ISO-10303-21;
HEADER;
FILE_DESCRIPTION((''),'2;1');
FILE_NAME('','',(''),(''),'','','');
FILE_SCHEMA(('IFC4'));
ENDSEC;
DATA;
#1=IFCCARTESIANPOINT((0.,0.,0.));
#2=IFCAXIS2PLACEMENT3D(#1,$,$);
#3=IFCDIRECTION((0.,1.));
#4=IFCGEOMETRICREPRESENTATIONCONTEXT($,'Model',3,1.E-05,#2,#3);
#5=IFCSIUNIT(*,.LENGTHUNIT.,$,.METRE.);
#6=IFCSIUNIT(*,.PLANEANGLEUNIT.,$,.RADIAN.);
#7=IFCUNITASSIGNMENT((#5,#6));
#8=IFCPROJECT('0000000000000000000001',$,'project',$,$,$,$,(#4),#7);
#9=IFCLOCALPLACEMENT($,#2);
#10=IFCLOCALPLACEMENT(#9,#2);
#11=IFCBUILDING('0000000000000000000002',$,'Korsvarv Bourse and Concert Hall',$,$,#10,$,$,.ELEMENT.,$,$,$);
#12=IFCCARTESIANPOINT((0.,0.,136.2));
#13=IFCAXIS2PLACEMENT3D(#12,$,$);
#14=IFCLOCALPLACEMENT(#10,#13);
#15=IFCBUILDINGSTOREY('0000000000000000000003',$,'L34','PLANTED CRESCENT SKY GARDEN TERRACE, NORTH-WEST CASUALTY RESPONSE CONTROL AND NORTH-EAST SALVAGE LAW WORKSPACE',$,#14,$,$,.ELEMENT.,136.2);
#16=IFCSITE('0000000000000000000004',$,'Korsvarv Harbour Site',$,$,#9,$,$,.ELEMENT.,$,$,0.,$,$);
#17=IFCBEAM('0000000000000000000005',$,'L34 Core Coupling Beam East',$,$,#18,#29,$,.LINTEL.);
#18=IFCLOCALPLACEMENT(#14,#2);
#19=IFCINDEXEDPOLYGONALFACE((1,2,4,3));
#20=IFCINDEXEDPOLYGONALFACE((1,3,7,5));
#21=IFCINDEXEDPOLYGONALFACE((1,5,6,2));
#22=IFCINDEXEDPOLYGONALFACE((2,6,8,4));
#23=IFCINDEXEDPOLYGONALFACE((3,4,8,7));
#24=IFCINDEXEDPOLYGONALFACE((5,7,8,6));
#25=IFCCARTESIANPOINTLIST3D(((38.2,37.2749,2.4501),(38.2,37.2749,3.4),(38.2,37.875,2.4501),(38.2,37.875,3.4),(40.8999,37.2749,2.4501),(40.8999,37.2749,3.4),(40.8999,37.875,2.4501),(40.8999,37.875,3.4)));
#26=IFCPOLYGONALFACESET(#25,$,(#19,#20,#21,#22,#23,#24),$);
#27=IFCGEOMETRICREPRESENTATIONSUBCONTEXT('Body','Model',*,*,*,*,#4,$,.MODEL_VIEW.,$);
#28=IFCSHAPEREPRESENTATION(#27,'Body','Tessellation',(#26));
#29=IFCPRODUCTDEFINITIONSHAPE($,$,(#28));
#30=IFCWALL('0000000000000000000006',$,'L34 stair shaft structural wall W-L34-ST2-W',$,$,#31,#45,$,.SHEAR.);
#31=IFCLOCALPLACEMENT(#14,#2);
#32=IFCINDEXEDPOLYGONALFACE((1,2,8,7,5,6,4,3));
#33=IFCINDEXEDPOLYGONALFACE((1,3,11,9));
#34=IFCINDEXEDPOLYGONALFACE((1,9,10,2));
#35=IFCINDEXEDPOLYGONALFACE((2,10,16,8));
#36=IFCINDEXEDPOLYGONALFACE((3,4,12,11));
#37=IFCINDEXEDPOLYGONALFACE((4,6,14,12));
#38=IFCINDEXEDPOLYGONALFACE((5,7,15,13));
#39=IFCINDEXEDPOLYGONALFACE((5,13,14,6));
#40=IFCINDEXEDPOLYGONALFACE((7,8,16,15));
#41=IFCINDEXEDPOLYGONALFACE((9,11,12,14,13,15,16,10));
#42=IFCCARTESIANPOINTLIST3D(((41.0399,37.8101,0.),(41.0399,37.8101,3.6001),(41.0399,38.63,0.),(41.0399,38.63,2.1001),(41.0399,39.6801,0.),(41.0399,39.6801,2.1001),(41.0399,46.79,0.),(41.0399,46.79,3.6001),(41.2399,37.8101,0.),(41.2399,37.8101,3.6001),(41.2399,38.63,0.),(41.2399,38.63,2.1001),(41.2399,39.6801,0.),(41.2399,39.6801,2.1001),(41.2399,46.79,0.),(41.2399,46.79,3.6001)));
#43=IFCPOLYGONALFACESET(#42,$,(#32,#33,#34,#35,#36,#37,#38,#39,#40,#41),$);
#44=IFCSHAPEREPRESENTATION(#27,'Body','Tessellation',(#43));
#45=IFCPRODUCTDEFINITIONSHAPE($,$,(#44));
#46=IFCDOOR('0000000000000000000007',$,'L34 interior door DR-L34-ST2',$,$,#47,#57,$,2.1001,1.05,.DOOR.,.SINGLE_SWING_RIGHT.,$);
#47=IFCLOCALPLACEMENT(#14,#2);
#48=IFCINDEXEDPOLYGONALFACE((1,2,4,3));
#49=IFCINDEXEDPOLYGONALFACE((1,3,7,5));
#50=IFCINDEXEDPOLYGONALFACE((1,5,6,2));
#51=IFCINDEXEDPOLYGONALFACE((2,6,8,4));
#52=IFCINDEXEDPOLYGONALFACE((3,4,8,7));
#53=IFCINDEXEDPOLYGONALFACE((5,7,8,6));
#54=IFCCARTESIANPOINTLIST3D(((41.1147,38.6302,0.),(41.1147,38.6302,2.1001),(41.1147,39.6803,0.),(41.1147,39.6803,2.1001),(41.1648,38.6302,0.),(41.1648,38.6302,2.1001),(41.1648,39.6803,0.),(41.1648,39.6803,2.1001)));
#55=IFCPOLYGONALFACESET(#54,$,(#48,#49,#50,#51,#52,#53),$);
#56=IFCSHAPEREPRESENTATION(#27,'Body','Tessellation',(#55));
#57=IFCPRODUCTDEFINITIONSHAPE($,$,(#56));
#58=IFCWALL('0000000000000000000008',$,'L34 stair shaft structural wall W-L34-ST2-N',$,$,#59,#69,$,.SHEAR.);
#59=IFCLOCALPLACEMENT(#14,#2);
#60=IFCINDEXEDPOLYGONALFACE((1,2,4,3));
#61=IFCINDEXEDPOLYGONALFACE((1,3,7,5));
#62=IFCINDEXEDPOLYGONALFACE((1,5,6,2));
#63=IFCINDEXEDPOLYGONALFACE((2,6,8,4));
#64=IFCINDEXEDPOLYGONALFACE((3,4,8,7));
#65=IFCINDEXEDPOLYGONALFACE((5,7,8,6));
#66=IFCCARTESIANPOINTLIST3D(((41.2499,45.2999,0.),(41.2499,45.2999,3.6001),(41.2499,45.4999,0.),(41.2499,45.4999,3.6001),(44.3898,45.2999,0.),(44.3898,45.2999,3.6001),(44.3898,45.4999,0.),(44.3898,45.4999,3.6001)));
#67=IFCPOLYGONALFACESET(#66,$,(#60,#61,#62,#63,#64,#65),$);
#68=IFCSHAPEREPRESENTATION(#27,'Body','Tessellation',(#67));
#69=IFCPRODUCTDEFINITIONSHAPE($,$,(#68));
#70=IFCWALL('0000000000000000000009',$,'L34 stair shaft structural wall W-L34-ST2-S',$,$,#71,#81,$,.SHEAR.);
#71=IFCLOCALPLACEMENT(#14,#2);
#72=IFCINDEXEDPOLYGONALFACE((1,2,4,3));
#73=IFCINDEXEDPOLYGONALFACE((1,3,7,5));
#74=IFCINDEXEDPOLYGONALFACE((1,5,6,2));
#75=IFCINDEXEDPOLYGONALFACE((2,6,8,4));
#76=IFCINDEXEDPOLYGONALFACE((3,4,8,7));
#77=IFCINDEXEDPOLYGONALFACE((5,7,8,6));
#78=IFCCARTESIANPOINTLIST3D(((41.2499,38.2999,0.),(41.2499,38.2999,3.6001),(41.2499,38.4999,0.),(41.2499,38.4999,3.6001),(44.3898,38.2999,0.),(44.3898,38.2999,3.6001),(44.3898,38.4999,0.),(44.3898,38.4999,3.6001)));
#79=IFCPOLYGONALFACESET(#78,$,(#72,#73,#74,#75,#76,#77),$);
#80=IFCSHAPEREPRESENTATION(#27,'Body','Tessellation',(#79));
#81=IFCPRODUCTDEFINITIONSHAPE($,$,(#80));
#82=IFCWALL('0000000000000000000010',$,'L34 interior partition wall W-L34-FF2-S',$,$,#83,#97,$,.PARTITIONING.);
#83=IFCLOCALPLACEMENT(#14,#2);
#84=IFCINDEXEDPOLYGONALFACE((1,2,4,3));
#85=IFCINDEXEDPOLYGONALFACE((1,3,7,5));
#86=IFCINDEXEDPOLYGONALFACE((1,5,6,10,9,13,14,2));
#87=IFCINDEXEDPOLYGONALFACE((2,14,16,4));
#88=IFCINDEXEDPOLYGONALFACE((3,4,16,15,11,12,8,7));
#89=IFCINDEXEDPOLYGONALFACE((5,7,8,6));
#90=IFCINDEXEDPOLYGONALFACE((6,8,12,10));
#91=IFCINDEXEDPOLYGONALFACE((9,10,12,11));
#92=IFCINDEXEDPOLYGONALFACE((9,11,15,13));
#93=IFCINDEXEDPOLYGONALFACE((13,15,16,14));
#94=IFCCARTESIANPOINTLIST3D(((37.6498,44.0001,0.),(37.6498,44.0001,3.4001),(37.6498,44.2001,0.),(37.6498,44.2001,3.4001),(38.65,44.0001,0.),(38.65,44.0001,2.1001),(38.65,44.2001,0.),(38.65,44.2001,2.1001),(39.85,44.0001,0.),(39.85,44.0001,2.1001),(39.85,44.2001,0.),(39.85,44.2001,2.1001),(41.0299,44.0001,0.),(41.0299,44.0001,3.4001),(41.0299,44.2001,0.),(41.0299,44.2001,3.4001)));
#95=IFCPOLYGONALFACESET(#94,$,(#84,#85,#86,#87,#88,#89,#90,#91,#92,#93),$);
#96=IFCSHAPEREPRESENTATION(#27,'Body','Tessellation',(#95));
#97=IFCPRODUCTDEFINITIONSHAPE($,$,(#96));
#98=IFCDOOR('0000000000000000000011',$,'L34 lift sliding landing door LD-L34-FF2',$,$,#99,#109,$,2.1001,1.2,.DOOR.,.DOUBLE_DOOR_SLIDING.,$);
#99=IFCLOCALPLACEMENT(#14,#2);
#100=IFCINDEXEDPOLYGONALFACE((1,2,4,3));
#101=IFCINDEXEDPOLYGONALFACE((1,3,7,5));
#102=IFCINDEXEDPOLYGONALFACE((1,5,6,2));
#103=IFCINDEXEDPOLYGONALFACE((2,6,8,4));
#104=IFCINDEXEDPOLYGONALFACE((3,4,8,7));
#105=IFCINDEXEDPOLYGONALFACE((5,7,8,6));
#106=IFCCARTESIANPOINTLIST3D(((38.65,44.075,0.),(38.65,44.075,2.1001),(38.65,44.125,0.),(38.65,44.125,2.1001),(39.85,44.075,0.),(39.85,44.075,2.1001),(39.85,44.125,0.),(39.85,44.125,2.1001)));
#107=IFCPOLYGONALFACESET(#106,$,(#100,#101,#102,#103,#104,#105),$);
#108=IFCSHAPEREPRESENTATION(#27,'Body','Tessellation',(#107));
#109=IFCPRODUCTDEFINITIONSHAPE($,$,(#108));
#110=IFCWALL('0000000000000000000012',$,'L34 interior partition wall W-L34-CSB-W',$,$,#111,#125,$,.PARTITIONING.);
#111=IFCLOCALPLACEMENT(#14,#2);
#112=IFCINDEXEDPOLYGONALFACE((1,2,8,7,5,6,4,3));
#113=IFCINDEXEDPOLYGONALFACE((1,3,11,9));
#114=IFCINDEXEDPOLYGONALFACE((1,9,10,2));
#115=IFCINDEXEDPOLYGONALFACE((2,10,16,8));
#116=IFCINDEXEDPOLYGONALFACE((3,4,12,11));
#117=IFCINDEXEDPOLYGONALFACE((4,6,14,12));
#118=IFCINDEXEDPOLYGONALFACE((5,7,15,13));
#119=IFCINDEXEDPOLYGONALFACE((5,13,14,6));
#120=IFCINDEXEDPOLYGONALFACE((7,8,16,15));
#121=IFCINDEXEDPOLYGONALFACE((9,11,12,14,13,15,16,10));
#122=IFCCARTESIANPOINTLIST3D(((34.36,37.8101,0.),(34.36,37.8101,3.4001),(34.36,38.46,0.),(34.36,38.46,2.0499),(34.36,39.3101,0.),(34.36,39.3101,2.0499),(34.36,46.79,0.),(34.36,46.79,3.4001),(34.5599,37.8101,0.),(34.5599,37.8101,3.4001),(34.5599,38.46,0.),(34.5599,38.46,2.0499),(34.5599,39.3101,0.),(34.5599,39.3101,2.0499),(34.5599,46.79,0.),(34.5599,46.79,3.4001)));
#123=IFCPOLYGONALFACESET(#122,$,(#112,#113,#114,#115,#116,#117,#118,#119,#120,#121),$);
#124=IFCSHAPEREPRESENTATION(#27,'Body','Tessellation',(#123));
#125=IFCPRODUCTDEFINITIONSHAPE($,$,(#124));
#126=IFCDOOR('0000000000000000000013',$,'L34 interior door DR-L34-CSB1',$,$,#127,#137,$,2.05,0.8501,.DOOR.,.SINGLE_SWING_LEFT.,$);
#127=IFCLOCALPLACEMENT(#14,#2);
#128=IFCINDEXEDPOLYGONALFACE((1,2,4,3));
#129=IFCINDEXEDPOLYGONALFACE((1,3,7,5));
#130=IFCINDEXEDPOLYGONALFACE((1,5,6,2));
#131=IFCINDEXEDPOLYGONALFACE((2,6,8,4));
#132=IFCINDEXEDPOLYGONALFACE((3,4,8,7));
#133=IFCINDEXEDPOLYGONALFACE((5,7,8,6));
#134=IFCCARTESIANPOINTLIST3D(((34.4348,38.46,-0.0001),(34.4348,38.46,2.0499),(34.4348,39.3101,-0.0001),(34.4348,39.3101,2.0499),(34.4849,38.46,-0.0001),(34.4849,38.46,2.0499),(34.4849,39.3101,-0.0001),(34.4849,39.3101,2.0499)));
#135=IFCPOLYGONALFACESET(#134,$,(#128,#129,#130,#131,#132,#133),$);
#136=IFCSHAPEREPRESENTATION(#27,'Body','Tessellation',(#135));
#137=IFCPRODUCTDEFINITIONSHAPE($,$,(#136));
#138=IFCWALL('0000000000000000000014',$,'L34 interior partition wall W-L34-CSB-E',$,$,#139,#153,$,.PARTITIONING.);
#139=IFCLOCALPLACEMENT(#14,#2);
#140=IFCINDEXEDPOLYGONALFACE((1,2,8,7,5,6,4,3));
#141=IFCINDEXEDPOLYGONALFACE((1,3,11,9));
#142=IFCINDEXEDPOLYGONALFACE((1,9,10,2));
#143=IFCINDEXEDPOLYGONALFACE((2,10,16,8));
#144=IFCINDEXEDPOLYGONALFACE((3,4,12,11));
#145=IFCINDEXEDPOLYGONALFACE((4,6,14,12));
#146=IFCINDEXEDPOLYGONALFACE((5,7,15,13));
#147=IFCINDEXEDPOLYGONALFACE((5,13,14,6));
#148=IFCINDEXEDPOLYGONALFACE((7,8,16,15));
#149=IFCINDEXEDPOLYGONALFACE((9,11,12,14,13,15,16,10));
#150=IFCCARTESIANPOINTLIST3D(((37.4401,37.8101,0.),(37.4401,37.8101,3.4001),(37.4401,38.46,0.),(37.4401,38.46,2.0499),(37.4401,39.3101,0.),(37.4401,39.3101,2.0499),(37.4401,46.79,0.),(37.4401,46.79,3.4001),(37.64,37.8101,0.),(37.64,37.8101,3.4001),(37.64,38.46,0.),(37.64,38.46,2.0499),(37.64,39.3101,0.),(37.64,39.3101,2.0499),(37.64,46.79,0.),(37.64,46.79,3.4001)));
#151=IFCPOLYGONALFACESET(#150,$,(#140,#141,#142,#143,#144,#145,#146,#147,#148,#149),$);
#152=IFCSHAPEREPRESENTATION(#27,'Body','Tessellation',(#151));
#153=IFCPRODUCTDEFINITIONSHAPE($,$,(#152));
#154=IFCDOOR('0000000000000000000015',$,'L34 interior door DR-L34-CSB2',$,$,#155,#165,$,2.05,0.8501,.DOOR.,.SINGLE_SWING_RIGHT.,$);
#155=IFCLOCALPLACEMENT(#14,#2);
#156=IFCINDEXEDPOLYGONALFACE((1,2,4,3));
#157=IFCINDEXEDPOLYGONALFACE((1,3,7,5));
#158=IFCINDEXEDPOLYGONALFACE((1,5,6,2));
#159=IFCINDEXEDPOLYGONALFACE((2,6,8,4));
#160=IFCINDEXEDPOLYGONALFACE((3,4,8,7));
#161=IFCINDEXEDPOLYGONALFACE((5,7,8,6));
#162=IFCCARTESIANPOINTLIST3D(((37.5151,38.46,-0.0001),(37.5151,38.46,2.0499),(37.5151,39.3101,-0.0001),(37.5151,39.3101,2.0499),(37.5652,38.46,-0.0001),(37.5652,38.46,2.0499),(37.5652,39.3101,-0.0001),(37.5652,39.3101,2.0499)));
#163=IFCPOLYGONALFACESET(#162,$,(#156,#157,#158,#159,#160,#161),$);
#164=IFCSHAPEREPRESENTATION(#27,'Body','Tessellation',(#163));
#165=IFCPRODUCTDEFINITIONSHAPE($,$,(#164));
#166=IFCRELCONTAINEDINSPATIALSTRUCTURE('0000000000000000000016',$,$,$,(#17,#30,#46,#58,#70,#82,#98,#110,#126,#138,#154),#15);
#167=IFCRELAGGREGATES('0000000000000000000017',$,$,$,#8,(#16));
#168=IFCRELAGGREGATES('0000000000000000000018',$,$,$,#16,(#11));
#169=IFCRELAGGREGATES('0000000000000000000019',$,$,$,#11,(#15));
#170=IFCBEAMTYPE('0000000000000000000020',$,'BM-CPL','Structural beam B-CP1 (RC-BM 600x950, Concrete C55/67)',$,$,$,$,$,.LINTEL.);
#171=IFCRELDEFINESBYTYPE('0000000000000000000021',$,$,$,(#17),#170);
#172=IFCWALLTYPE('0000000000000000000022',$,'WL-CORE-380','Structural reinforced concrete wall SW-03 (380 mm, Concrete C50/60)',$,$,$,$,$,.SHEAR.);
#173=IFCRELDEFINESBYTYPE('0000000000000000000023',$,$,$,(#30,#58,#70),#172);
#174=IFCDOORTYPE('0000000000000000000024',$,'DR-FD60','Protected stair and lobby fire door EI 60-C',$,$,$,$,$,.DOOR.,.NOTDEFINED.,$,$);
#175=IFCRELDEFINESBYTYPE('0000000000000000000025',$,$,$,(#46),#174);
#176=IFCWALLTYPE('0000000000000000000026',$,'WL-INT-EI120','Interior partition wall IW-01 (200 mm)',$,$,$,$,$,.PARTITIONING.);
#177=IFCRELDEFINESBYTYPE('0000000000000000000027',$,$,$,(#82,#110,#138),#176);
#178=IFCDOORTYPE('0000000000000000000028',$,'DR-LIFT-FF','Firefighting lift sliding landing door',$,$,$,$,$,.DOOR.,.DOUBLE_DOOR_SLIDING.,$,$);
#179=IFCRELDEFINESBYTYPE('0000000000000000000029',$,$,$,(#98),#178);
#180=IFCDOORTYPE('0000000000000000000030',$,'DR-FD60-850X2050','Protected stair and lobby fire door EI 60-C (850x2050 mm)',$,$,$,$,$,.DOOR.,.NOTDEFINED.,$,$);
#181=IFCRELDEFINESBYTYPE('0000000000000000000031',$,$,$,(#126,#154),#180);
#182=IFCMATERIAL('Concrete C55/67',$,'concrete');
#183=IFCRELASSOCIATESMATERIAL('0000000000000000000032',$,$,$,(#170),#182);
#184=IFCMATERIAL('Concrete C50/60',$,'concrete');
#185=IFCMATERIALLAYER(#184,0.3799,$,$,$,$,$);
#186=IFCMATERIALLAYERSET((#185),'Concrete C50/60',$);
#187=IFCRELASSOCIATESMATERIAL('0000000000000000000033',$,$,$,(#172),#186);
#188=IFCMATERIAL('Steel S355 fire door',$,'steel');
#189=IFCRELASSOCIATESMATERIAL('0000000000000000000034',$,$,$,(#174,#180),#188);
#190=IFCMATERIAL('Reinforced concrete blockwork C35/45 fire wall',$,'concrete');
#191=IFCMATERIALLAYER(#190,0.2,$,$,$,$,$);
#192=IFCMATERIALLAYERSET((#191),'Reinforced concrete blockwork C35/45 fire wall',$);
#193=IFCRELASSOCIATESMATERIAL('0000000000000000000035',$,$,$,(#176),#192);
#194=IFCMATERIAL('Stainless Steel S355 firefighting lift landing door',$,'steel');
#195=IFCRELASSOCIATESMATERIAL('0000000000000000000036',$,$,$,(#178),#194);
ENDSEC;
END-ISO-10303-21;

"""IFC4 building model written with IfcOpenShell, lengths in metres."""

from ifc_helpers import new_model, si_unit, direction, frame, frame_2d, origin, origin_2d, place, context, subcontext, project, spatial, rectangle, extrude, source, transform, mapped, material, layer, layer_set, material_profile, profile_set, type_object, element, fill, save


model = new_model("IFC4")

# Units and contexts
model_context = context("Model", 3, precision=1e-05, world=origin(), true_north=direction((0.0, 1.0)))
body_context = subcontext(model_context, "Body", "Model", "MODEL_VIEW")
ifc_project = project(units=[si_unit("LENGTHUNIT", "METRE"), si_unit("PLANEANGLEUNIT", "RADIAN")], contexts=[model_context])

# Site, building, storey
site_placement = place(None, origin())
site = spatial("IfcSite", under=ifc_project, at=site_placement, Name="Korsvarv Harbour Site", CompositionType="ELEMENT", RefElevation=0.0)
building_placement = place(site_placement, origin())
building = spatial("IfcBuilding", under=site, at=building_placement, Name="Korsvarv Bourse and Concert Hall", CompositionType="ELEMENT")
storey_placement = place(building_placement, frame((0.0, 0.0, 136.2)))
storey = spatial("IfcBuildingStorey", under=building, at=storey_placement, Name="L34", Description="PLANTED CRESCENT SKY GARDEN TERRACE, NORTH-WEST CASUALTY RESPONSE CONTROL AND NORTH-EAST SALVAGE LAW WORKSPACE", CompositionType="ELEMENT", Elevation=136.2)

# Beam
ifc_material_1 = material(Name="Concrete C55/67", Category="concrete")
ifc_material_profile = material_profile(ifc_material_1, rectangle(XDim=0.6001, YDim=0.95, at=origin_2d()), Name="RC-BM 600x950")
ifc_profile_set = profile_set([ifc_material_profile], Name="Concrete C55/67")
beam_type = type_object("IfcBeamType", Name="BM-CPL", Description="Structural beam B-CP1 (RC-BM 600x950, Concrete C55/67)", PredefinedType="LINTEL", material=ifc_profile_set)
shared_shape = source(origin(), body_context, "Body", "SweptSolid", [
    extrude(rectangle(XDim=0.6001, YDim=0.95, at=origin_2d()), origin(), (0.0, 0.0, 1.0), 2.7),
])
beam_placement = place(storey_placement, frame((38.2, 37.575, 2.925), z_axis=(1.0, 0.0, 0.0), x_axis=(0.0, 1.0, 0.0)))
element("IfcBeam", 1, at=beam_placement, inside=storey, type_object=beam_type, Name="L34 Core Coupling Beam East", PredefinedType="LINTEL", context=body_context, shape_type="MappedRepresentation", body=[
    mapped(shared_shape, transform((0.0, 0.0, 0.0), scale=1.0)),
])

# Wall, opening, door
ifc_material_2 = material(Name="Concrete C50/60", Category="concrete")
ifc_layer_1 = layer(ifc_material_2, 0.3799)
ifc_layer_set_1 = layer_set([ifc_layer_1], Name="Concrete C50/60")
wall_type_1 = type_object("IfcWallType", Name="WL-CORE-380", Description="Structural reinforced concrete wall SW-03 (380 mm, Concrete C50/60)", PredefinedType="SHEAR", material=ifc_layer_set_1)
wall_1_placement = place(storey_placement, frame((41.1399, 37.8101, 0.0), z_axis=(0.0, 0.0, 1.0), x_axis=(0.0, 1.0, 0.0)))
wall_1 = element("IfcWall", 2, at=wall_1_placement, inside=storey, type_object=wall_type_1, Name="L34 stair shaft structural wall W-L34-ST2-W", PredefinedType="SHEAR", context=body_context, shape_type="SweptSolid", body=[
    extrude(rectangle(XDim=8.98, YDim=0.2, at=frame_2d((4.49, 0.0))), origin(), (0.0, 0.0, 1.0), 3.6001),
])
opening_1_placement = place(wall_1_placement, frame((0.8201, 0.0, 0.0)))
opening_1 = element("IfcOpeningElement", 3, at=opening_1_placement, cuts=wall_1, PredefinedType="OPENING", context=body_context, shape_type="SweptSolid", body=[
    extrude(rectangle(XDim=1.05, YDim=2.1001, at=frame_2d((0.5249, 1.05))), frame((0.0, 0.1099, 0.0), z_axis=(0.0, -1.0, 0.0), x_axis=(1.0, 0.0, 0.0)), (0.0, 0.0, 1.0), 0.22),
])
ifc_material_3 = material(Name="Steel S355 fire door", Category="steel")
door_type_1 = type_object("IfcDoorType", Name="DR-FD60", Description="Protected stair and lobby fire door EI 60-C", OperationType="NOTDEFINED", PredefinedType="DOOR", material=ifc_material_3)
door_1_placement = place(opening_1_placement, frame((1.05, 0.0, 0.0), z_axis=(0.0, 0.0, 1.0), x_axis=(-1.0, 0.0, 0.0)))
door_1 = element("IfcDoor", 4, at=door_1_placement, inside=storey, type_object=door_type_1, Name="L34 interior door DR-L34-ST2", OperationType="SINGLE_SWING_RIGHT", OverallHeight=2.1001, OverallWidth=1.05, PredefinedType="DOOR", context=body_context, shape_type="SweptSolid", body=[
    extrude(rectangle(XDim=1.05, YDim=2.1001, at=frame_2d((0.5249, 1.05))), frame((0.0, 0.0249, 0.0), z_axis=(0.0, -1.0, 0.0), x_axis=(1.0, 0.0, 0.0)), (0.0, 0.0, 1.0), 0.05),
])
fill(opening_1, door_1)

# Walls
for number, where, z_axis, x_axis, name in (
    (5, (41.25, 45.3999, 0.0), (0.0, 0.0, 1.0), (1.0, 0.0, 0.0), "L34 stair shaft structural wall W-L34-ST2-N"),
    (6, (41.25, 38.3999, 0.0), (0.0, 0.0, 1.0), (1.0, 0.0, 0.0), "L34 stair shaft structural wall W-L34-ST2-S"),
):
    element("IfcWall", number, at=place(storey_placement, frame(where, z_axis=z_axis, x_axis=x_axis)), inside=storey, type_object=wall_type_1, Name=name, PredefinedType="SHEAR", context=body_context, shape_type="SweptSolid", body=[
        extrude(rectangle(XDim=3.1399, YDim=0.2, at=frame_2d((1.5698, 0.0))), origin(), (0.0, 0.0, 1.0), 3.6001),
    ])

# Walls, openings, doors
ifc_material_4 = material(Name="Reinforced concrete blockwork C35/45 fire wall", Category="concrete")
ifc_layer_2 = layer(ifc_material_4, 0.2)
ifc_layer_set_2 = layer_set([ifc_layer_2], Name="Reinforced concrete blockwork C35/45 fire wall")
wall_type_2 = type_object("IfcWallType", Name="WL-INT-EI120", Description="Interior partition wall IW-01 (200 mm)", PredefinedType="PARTITIONING", material=ifc_layer_set_2)
wall_2_placement = place(storey_placement, frame((37.6499, 44.1001, 0.0), z_axis=(0.0, 0.0, 1.0), x_axis=(1.0, 0.0, 0.0)))
wall_2 = element("IfcWall", 7, at=wall_2_placement, inside=storey, type_object=wall_type_2, Name="L34 interior partition wall W-L34-FF2-S", PredefinedType="PARTITIONING", context=body_context, shape_type="SweptSolid", body=[
    extrude(rectangle(XDim=3.3801, YDim=0.2, at=frame_2d((1.6899, 0.0))), origin(), (0.0, 0.0, 1.0), 3.4001),
])
opening_2_placement = place(wall_2_placement, frame((1.0, 0.0, 0.0)))
opening_2 = element("IfcOpeningElement", 8, at=opening_2_placement, cuts=wall_2, PredefinedType="OPENING", context=body_context, shape_type="SweptSolid", body=[
    extrude(rectangle(XDim=1.2, YDim=2.1001, at=frame_2d((0.6001, 1.05))), frame((0.0, 0.1099, 0.0), z_axis=(0.0, -1.0, 0.0), x_axis=(1.0, 0.0, 0.0)), (0.0, 0.0, 1.0), 0.22),
])
ifc_material_5 = material(Name="Stainless Steel S355 firefighting lift landing door", Category="steel")
door_type_2 = type_object("IfcDoorType", Name="DR-LIFT-FF", Description="Firefighting lift sliding landing door", OperationType="DOUBLE_DOOR_SLIDING", PredefinedType="DOOR", material=ifc_material_5)
door_2_placement = place(opening_2_placement, origin())
door_2 = element("IfcDoor", 9, at=door_2_placement, inside=storey, type_object=door_type_2, Name="L34 lift sliding landing door LD-L34-FF2", OperationType="DOUBLE_DOOR_SLIDING", OverallHeight=2.1001, OverallWidth=1.2, PredefinedType="DOOR", context=body_context, shape_type="SweptSolid", body=[
    extrude(rectangle(XDim=1.2, YDim=2.1001, at=frame_2d((0.6001, 1.05))), frame((0.0, 0.0249, 0.0), z_axis=(0.0, -1.0, 0.0), x_axis=(1.0, 0.0, 0.0)), (0.0, 0.0, 1.0), 0.05),
])
fill(opening_2, door_2)
wall_3_placement = place(storey_placement, frame((34.46, 37.8101, 0.0), z_axis=(0.0, 0.0, 1.0), x_axis=(0.0, 1.0, 0.0)))
wall_3 = element("IfcWall", 10, at=wall_3_placement, inside=storey, type_object=wall_type_2, Name="L34 interior partition wall W-L34-CSB-W", PredefinedType="PARTITIONING", context=body_context, shape_type="SweptSolid", body=[
    extrude(rectangle(XDim=8.98, YDim=0.2, at=frame_2d((4.49, 0.0))), origin(), (0.0, 0.0, 1.0), 3.4001),
])
opening_3_placement = place(wall_3_placement, frame((0.6499, 0.0, 0.0)))
opening_3 = element("IfcOpeningElement", 11, at=opening_3_placement, cuts=wall_3, PredefinedType="OPENING", context=body_context, shape_type="SweptSolid", body=[
    extrude(rectangle(XDim=0.8501, YDim=2.05, at=frame_2d((0.425, 1.0249))), frame((0.0, 0.1099, 0.0), z_axis=(0.0, -1.0, 0.0), x_axis=(1.0, 0.0, 0.0)), (0.0, 0.0, 1.0), 0.22),
])
door_type_3 = type_object("IfcDoorType", Name="DR-FD60-850X2050", Description="Protected stair and lobby fire door EI 60-C (850x2050 mm)", OperationType="NOTDEFINED", PredefinedType="DOOR", material=ifc_material_3)
door_3_placement = place(opening_3_placement, frame((0.8501, 0.0, 0.0), z_axis=(0.0, 0.0, 1.0), x_axis=(-1.0, 0.0, 0.0)))
door_3 = element("IfcDoor", 12, at=door_3_placement, inside=storey, type_object=door_type_3, Name="L34 interior door DR-L34-CSB1", OperationType="SINGLE_SWING_LEFT", OverallHeight=2.05, OverallWidth=0.8501, PredefinedType="DOOR", context=body_context, shape_type="SweptSolid", body=[
    extrude(rectangle(XDim=0.8501, YDim=2.05, at=frame_2d((0.425, 1.0249))), frame((0.0, 0.0249, 0.0), z_axis=(0.0, -1.0, 0.0), x_axis=(1.0, 0.0, 0.0)), (0.0, 0.0, 1.0), 0.05),
])
fill(opening_3, door_3)
wall_4_placement = place(storey_placement, frame((37.54, 37.8101, 0.0), z_axis=(0.0, 0.0, 1.0), x_axis=(0.0, 1.0, 0.0)))
wall_4 = element("IfcWall", 13, at=wall_4_placement, inside=storey, type_object=wall_type_2, Name="L34 interior partition wall W-L34-CSB-E", PredefinedType="PARTITIONING", context=body_context, shape_type="SweptSolid", body=[
    extrude(rectangle(XDim=8.98, YDim=0.2, at=frame_2d((4.49, 0.0))), origin(), (0.0, 0.0, 1.0), 3.4001),
])
opening_4_placement = place(wall_4_placement, frame((0.6499, 0.0, 0.0)))
opening_4 = element("IfcOpeningElement", 14, at=opening_4_placement, cuts=wall_4, PredefinedType="OPENING", context=body_context, shape_type="SweptSolid", body=[
    extrude(rectangle(XDim=0.8501, YDim=2.05, at=frame_2d((0.425, 1.0249))), frame((0.0, 0.1099, 0.0), z_axis=(0.0, -1.0, 0.0), x_axis=(1.0, 0.0, 0.0)), (0.0, 0.0, 1.0), 0.22),
])
door_4_placement = place(opening_4_placement, origin())
door_4 = element("IfcDoor", 15, at=door_4_placement, inside=storey, type_object=door_type_3, Name="L34 interior door DR-L34-CSB2", OperationType="SINGLE_SWING_RIGHT", OverallHeight=2.05, OverallWidth=0.8501, PredefinedType="DOOR", context=body_context, shape_type="SweptSolid", body=[
    extrude(rectangle(XDim=0.8501, YDim=2.05, at=frame_2d((0.425, 1.0249))), frame((0.0, 0.0249, 0.0), z_axis=(0.0, -1.0, 0.0), x_axis=(1.0, 0.0, 0.0)), (0.0, 0.0, 1.0), 0.05),
])
fill(opening_4, door_4)

save(model, "model.ifc")
